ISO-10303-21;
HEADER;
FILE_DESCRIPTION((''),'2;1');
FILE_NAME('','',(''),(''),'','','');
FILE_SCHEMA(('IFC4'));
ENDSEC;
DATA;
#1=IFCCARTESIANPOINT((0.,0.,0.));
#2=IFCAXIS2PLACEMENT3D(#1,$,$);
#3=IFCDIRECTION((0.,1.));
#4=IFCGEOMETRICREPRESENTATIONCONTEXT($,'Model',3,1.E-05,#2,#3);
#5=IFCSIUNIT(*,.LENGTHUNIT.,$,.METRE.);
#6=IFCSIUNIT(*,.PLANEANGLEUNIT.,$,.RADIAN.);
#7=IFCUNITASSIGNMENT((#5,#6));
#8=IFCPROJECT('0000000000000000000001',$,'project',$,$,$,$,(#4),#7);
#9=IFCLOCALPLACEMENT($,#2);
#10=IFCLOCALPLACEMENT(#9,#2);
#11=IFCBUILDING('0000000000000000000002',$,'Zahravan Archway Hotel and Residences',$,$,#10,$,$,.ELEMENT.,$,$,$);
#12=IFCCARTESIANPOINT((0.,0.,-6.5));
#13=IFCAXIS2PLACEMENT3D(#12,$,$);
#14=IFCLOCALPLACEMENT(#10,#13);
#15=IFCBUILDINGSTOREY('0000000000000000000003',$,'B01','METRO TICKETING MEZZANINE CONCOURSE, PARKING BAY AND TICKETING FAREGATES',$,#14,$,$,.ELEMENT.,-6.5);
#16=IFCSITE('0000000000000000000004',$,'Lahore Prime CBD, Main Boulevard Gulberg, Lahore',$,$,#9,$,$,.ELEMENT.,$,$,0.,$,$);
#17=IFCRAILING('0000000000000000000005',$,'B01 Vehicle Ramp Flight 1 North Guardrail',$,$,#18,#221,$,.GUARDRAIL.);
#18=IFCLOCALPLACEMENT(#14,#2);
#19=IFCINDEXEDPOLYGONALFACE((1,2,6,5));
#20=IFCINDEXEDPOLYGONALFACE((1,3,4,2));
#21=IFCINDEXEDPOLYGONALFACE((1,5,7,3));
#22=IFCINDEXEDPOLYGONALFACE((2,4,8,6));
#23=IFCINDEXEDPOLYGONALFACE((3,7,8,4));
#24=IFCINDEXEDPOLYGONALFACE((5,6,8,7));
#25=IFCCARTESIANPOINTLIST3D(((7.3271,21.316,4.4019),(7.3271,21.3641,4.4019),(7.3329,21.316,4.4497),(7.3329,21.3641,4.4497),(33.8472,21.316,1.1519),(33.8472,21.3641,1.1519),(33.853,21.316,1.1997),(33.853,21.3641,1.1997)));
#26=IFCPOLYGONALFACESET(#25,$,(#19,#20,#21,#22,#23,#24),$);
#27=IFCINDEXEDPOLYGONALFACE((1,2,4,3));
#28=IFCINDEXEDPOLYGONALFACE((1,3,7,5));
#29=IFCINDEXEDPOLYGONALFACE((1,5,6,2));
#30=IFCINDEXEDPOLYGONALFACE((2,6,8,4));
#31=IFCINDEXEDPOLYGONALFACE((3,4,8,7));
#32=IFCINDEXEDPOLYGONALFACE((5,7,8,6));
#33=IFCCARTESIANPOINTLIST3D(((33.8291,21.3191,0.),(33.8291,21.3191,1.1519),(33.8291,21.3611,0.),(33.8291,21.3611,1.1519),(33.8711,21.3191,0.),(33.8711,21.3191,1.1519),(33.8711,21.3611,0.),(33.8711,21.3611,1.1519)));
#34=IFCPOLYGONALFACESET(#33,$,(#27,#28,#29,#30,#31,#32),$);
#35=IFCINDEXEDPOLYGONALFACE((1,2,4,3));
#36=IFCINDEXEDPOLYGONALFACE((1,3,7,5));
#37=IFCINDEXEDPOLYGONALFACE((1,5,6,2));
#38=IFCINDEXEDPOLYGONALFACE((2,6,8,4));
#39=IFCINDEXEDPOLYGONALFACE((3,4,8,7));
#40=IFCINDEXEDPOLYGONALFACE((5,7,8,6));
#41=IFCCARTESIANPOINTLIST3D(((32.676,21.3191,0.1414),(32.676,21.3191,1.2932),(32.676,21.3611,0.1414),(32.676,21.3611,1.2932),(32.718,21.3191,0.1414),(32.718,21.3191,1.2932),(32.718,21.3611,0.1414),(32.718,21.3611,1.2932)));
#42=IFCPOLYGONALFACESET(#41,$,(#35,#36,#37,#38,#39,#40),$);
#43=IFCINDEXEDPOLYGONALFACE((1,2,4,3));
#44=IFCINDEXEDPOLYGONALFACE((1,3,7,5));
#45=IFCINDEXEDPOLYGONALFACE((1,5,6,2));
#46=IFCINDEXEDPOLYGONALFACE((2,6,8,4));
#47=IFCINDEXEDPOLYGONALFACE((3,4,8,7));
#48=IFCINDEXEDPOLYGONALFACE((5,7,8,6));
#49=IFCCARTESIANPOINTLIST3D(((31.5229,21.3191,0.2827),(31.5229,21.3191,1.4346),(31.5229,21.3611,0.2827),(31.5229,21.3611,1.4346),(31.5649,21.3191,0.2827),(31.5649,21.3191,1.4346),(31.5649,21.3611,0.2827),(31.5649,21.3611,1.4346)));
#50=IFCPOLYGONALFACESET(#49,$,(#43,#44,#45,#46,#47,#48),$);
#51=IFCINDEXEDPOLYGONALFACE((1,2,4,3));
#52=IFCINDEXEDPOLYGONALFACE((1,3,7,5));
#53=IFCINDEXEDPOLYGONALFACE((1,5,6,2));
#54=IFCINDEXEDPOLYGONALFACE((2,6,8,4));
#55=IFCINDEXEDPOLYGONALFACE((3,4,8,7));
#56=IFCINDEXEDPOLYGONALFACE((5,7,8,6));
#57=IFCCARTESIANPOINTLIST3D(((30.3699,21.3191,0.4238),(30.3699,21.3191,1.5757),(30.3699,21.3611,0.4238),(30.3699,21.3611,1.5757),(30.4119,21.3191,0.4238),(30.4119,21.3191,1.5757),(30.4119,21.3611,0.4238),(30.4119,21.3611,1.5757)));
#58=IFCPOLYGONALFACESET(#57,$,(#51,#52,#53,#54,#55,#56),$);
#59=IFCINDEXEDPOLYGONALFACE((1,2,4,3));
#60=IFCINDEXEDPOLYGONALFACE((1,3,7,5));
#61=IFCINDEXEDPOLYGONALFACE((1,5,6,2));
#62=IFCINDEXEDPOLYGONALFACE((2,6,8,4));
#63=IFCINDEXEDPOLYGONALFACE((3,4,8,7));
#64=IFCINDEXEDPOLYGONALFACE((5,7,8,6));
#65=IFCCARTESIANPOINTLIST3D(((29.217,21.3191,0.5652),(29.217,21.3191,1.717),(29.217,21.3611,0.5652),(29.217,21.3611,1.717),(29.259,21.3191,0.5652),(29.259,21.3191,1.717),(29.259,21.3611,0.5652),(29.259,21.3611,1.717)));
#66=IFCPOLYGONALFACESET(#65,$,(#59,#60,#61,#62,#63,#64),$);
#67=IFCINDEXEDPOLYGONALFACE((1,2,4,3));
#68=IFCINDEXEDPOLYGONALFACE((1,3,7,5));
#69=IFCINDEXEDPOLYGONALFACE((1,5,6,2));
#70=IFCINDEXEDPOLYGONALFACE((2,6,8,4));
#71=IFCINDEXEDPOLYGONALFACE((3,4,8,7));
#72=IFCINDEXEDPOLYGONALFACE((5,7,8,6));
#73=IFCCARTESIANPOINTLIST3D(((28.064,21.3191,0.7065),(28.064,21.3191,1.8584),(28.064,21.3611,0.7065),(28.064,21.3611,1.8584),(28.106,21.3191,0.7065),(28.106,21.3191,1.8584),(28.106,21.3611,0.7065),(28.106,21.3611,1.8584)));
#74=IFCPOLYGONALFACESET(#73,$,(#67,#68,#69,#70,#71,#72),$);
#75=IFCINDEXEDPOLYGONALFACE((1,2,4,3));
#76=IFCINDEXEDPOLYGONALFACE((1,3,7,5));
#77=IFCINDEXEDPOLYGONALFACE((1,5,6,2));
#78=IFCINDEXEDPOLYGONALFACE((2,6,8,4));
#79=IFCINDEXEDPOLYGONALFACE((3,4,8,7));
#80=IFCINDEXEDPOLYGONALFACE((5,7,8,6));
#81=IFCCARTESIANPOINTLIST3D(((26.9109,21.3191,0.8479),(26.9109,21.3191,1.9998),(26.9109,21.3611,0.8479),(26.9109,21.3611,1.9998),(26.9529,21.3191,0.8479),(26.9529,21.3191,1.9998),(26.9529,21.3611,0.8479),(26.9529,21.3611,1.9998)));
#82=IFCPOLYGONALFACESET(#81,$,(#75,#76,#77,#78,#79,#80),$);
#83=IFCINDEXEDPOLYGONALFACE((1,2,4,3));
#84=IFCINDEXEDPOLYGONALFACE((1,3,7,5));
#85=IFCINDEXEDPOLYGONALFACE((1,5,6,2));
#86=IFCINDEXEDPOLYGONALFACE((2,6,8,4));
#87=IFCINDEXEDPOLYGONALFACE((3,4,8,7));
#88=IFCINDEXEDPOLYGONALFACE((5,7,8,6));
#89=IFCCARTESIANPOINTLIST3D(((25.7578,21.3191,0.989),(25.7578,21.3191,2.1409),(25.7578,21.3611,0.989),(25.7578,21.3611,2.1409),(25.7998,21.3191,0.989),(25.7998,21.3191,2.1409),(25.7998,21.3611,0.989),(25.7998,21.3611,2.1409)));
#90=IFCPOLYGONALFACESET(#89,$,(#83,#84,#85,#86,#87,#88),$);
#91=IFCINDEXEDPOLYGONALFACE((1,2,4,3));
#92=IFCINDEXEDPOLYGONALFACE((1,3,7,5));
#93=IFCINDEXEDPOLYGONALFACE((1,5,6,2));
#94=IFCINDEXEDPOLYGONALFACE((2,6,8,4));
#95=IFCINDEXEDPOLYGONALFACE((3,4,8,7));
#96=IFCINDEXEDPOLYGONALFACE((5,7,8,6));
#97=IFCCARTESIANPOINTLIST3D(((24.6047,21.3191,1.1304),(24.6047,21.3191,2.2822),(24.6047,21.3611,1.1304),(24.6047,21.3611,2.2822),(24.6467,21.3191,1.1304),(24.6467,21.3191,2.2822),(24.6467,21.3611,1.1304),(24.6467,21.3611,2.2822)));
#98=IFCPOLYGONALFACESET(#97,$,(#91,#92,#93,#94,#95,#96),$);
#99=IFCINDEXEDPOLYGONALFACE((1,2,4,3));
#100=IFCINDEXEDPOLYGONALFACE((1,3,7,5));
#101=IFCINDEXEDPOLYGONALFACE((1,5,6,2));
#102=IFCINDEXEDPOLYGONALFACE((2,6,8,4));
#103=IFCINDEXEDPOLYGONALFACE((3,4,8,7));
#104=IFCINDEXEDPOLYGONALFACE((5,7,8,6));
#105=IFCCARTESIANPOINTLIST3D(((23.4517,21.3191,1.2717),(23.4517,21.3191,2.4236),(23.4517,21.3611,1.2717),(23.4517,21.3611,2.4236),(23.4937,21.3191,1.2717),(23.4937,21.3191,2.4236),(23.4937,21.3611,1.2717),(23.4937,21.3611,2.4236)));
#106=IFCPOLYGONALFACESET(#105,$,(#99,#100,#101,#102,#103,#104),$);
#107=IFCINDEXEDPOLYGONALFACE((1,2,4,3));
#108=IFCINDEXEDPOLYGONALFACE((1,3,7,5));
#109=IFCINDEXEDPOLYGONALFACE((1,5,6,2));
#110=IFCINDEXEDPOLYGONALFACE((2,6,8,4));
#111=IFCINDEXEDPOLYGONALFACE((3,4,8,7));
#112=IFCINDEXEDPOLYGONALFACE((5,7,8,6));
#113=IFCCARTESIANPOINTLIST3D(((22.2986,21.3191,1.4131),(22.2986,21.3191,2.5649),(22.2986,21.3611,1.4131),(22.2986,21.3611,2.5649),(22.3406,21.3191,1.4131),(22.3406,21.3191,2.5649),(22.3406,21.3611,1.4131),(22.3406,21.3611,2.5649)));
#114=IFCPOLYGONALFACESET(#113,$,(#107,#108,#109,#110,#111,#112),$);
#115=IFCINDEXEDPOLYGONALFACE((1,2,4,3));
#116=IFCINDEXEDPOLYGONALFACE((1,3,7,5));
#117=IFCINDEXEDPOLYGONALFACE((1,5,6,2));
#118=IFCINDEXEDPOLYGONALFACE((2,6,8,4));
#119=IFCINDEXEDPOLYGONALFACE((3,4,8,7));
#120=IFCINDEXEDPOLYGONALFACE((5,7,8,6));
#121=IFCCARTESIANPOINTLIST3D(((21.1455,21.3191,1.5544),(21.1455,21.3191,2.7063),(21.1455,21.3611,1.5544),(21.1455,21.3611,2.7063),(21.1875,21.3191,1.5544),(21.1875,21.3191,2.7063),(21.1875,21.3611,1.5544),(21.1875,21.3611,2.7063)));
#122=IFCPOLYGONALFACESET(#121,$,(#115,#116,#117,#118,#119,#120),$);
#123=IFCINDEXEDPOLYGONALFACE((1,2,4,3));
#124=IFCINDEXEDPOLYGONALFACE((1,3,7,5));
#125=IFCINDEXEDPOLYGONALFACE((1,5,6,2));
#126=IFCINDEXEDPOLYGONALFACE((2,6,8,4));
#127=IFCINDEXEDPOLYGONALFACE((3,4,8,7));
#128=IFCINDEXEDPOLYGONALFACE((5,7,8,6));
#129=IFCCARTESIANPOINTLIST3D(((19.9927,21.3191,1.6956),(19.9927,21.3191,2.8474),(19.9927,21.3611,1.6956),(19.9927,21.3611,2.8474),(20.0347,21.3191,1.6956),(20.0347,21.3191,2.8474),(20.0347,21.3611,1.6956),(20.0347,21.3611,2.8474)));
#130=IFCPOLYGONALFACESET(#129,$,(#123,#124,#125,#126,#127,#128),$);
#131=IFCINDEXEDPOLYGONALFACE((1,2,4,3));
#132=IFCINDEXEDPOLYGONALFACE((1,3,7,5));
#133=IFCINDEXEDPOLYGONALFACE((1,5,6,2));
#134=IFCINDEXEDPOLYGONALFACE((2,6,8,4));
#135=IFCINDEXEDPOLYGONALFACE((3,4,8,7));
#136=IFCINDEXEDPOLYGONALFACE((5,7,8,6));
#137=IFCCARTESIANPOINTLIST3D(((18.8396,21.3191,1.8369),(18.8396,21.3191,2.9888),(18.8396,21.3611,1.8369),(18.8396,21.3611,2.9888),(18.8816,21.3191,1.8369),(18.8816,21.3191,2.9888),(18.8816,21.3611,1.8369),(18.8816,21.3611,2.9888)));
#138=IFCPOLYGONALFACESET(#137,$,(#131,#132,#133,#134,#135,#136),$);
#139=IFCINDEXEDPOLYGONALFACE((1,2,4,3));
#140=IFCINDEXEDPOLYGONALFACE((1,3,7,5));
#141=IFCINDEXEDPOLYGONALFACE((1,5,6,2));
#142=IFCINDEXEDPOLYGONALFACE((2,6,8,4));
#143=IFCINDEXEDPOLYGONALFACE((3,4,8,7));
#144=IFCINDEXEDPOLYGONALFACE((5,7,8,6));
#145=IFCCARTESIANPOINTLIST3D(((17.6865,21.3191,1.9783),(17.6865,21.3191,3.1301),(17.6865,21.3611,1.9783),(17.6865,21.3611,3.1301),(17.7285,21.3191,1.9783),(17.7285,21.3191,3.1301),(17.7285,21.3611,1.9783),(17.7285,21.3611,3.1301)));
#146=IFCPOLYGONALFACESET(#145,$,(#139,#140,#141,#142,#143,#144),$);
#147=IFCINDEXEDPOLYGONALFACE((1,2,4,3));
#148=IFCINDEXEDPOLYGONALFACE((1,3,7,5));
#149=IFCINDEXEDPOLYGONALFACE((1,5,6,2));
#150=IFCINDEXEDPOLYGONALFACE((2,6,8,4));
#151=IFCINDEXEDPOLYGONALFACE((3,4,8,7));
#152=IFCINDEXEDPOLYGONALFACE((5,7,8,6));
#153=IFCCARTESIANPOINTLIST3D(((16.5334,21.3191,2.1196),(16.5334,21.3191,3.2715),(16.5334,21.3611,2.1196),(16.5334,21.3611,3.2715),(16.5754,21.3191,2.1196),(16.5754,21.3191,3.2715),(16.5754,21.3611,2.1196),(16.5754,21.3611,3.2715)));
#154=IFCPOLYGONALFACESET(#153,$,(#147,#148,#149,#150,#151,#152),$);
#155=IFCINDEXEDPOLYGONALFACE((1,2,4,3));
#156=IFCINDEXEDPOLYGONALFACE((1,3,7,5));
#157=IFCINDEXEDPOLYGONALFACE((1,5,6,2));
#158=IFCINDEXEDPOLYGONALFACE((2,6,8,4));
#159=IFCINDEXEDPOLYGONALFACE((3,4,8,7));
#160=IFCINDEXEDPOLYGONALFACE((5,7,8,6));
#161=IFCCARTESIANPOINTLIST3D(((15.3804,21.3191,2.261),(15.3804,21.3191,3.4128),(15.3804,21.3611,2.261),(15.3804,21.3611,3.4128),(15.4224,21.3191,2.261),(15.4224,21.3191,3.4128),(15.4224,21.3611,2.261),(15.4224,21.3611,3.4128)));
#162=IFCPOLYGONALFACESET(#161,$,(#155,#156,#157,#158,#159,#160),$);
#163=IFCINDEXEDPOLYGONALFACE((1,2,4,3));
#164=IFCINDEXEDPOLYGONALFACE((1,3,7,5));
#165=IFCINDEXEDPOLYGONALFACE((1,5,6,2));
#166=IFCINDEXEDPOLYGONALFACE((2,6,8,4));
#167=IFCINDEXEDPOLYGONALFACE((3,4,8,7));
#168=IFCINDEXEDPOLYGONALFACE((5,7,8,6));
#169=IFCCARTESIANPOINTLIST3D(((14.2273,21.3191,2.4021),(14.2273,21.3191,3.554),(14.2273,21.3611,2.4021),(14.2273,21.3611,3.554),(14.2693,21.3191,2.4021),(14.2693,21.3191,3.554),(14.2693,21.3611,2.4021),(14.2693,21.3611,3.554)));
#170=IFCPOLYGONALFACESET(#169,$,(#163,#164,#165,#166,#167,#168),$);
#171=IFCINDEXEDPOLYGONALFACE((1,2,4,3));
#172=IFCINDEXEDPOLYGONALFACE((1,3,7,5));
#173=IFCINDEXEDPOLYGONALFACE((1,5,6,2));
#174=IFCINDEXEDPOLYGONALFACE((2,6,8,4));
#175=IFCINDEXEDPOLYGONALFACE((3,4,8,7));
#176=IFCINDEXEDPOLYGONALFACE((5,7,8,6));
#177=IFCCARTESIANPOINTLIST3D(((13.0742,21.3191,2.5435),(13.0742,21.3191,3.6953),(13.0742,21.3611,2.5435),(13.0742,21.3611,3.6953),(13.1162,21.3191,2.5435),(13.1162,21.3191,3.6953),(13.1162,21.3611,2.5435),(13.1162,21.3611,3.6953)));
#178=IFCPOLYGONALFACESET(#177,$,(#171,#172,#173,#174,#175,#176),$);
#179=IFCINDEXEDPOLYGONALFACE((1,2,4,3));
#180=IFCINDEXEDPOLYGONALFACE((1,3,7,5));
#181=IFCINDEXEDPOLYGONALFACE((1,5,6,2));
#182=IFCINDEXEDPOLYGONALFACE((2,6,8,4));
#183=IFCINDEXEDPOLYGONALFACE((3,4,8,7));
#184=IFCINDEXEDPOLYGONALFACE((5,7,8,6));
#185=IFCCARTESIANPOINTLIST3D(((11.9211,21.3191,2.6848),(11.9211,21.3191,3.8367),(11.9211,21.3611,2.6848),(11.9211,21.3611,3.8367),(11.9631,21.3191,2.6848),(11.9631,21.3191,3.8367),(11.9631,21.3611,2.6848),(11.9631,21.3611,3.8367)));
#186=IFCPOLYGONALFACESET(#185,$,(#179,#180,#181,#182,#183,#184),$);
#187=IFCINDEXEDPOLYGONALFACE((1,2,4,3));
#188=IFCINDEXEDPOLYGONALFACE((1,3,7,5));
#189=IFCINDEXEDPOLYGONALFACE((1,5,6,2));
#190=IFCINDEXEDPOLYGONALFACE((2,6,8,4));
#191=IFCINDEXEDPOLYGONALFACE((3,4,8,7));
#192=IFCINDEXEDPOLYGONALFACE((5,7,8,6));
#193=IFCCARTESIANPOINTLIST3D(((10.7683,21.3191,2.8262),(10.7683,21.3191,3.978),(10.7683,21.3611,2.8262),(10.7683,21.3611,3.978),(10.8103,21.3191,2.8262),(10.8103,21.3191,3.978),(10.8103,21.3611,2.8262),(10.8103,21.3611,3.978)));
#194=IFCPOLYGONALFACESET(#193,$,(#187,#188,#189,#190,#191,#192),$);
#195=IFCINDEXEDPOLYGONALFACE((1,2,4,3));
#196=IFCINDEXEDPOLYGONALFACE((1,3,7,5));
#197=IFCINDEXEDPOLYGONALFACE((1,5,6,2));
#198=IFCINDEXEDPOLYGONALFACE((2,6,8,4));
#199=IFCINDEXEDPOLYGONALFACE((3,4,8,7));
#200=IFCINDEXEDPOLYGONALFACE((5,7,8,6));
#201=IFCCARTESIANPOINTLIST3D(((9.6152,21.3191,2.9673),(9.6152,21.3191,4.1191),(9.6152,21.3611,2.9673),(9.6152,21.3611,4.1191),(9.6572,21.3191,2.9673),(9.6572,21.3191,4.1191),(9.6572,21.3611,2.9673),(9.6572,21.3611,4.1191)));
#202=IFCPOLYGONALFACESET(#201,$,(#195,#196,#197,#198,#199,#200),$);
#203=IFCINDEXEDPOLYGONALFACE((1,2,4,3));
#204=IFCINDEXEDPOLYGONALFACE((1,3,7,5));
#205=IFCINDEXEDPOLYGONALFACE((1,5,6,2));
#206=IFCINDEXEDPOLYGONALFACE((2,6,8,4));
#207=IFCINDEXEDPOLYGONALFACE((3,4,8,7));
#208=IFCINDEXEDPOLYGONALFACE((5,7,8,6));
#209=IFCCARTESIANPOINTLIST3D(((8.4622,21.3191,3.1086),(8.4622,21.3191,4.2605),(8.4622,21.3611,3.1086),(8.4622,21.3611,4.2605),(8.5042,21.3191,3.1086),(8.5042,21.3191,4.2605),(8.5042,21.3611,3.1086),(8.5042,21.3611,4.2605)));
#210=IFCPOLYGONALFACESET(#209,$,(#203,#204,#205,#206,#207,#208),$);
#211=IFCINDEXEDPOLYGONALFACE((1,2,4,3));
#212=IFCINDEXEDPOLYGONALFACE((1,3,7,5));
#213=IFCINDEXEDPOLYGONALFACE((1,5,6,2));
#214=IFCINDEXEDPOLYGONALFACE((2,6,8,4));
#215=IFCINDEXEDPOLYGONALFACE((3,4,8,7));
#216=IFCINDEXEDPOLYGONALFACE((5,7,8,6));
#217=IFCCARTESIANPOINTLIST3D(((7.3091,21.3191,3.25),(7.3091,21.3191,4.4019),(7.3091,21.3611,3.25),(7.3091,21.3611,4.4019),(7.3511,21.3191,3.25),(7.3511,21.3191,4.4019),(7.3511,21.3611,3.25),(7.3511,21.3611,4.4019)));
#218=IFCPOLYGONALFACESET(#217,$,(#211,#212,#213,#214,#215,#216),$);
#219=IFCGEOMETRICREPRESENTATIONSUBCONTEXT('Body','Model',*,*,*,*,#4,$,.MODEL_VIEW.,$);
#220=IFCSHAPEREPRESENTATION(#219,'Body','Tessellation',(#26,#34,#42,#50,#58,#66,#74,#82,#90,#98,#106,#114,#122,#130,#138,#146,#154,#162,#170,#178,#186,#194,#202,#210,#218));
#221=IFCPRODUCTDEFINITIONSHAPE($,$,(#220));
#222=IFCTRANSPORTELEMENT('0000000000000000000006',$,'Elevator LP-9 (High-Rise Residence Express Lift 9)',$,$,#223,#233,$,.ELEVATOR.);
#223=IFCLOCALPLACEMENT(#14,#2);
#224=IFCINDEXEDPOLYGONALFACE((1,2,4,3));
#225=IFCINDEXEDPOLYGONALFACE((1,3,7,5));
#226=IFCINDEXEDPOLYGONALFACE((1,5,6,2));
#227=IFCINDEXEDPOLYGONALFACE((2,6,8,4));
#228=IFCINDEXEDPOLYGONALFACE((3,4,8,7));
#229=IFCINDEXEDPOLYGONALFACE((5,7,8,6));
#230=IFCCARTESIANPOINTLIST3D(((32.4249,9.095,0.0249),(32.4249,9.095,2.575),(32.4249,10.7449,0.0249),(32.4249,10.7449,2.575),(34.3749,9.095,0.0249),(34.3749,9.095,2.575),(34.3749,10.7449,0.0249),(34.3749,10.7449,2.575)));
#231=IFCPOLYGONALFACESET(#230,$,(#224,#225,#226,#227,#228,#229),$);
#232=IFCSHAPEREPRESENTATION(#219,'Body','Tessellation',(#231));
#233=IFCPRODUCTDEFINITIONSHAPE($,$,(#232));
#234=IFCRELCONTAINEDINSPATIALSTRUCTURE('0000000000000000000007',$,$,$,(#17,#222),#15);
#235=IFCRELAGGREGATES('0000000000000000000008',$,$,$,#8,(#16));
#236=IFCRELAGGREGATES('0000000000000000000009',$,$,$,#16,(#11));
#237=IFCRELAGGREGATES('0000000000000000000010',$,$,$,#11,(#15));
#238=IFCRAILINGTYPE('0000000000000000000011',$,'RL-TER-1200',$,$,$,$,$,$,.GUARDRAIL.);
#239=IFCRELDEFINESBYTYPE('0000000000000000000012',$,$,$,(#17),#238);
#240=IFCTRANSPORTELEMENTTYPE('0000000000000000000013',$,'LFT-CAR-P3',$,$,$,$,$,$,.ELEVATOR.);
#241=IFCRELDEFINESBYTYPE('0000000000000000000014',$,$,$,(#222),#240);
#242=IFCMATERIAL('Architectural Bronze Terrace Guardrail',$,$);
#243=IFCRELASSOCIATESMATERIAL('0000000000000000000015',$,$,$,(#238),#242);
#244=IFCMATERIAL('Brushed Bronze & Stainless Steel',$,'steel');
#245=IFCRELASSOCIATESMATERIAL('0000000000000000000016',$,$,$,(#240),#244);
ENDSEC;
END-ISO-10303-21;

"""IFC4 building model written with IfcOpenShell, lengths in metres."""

from ifc_helpers import new_model, si_unit, direction, frame, origin, origin_2d, place, context, subcontext, project, spatial, rectangle, extrude, source, transform, mapped, material, type_object, type_shapes, element, save


model = new_model("IFC4")

# Units and contexts
model_context = context("Model", 3, precision=1e-05, world=origin(), true_north=direction((0.0, 1.0)))
body_context = subcontext(model_context, "Body", "Model", "MODEL_VIEW")
ifc_project = project(units=[si_unit("LENGTHUNIT", "METRE"), si_unit("PLANEANGLEUNIT", "RADIAN")], contexts=[model_context])

# Site, building, storey
site_placement = place(None, origin())
site = spatial("IfcSite", under=ifc_project, at=site_placement, Name="Lahore Prime CBD, Main Boulevard Gulberg, Lahore", CompositionType="ELEMENT", RefElevation=0.0)
building_placement = place(site_placement, origin())
building = spatial("IfcBuilding", under=site, at=building_placement, Name="Zahravan Archway Hotel and Residences", CompositionType="ELEMENT")
storey_placement = place(building_placement, frame((0.0, 0.0, -6.5)))
storey = spatial("IfcBuildingStorey", under=building, at=storey_placement, Name="B01", Description="METRO TICKETING MEZZANINE CONCOURSE, PARKING BAY AND TICKETING FAREGATES", CompositionType="ELEMENT", Elevation=-6.5)

# Railing
ifc_material_1 = material(Name="Architectural Bronze Terrace Guardrail")
railing_type = type_object("IfcRailingType", Name="RL-TER-1200", PredefinedType="GUARDRAIL", material=ifc_material_1)
railing_1_placement = place(storey_placement, frame((33.8501, 21.3401, 0.0)))
element("IfcRailing", 1, at=railing_1_placement, inside=storey, type_object=railing_type, Name="B01 Vehicle Ramp Flight 1 North Guardrail", PredefinedType="GUARDRAIL", context=body_context, shape_type="SweptSolid", body=[
    extrude(rectangle(XDim=0.0481, YDim=0.0481, at=origin_2d()), frame((0.0, 0.0, 1.1758), z_axis=(-0.992574, 0.0, 0.121639), x_axis=(0.0, -1.0, 0.0)), (0.0, 0.0, 1.0), 26.7185),
    extrude(rectangle(XDim=0.042, YDim=0.042, at=origin_2d()), origin(), (0.0, 0.0, 1.0), 1.1519),
    extrude(rectangle(XDim=0.042, YDim=0.042, at=origin_2d()), frame((-1.1531, 0.0, 0.1414)), (0.0, 0.0, 1.0), 1.1519),
    extrude(rectangle(XDim=0.042, YDim=0.042, at=origin_2d()), frame((-2.3062, 0.0, 0.2827)), (0.0, 0.0, 1.0), 1.1519),
    extrude(rectangle(XDim=0.042, YDim=0.042, at=origin_2d()), frame((-3.4592, 0.0, 0.4238)), (0.0, 0.0, 1.0), 1.1519),
    extrude(rectangle(XDim=0.042, YDim=0.042, at=origin_2d()), frame((-4.6121, 0.0, 0.5652)), (0.0, 0.0, 1.0), 1.1519),
    extrude(rectangle(XDim=0.042, YDim=0.042, at=origin_2d()), frame((-5.7651, 0.0, 0.7065)), (0.0, 0.0, 1.0), 1.1519),
    extrude(rectangle(XDim=0.042, YDim=0.042, at=origin_2d()), frame((-6.9182, 0.0, 0.8479)), (0.0, 0.0, 1.0), 1.1519),
    extrude(rectangle(XDim=0.042, YDim=0.042, at=origin_2d()), frame((-8.0713, 0.0, 0.989)), (0.0, 0.0, 1.0), 1.1519),
    extrude(rectangle(XDim=0.042, YDim=0.042, at=origin_2d()), frame((-9.2244, 0.0, 1.1304)), (0.0, 0.0, 1.0), 1.1519),
    extrude(rectangle(XDim=0.042, YDim=0.042, at=origin_2d()), frame((-10.3774, 0.0, 1.2717)), (0.0, 0.0, 1.0), 1.1519),
    extrude(rectangle(XDim=0.042, YDim=0.042, at=origin_2d()), frame((-11.5305, 0.0, 1.4131)), (0.0, 0.0, 1.0), 1.1519),
    extrude(rectangle(XDim=0.042, YDim=0.042, at=origin_2d()), frame((-12.6836, 0.0, 1.5544)), (0.0, 0.0, 1.0), 1.1519),
    extrude(rectangle(XDim=0.042, YDim=0.042, at=origin_2d()), frame((-13.8364, 0.0, 1.6956)), (0.0, 0.0, 1.0), 1.1519),
    extrude(rectangle(XDim=0.042, YDim=0.042, at=origin_2d()), frame((-14.9895, 0.0, 1.8369)), (0.0, 0.0, 1.0), 1.1519),
    extrude(rectangle(XDim=0.042, YDim=0.042, at=origin_2d()), frame((-16.1426, 0.0, 1.9783)), (0.0, 0.0, 1.0), 1.1519),
    extrude(rectangle(XDim=0.042, YDim=0.042, at=origin_2d()), frame((-17.2957, 0.0, 2.1196)), (0.0, 0.0, 1.0), 1.1519),
    extrude(rectangle(XDim=0.042, YDim=0.042, at=origin_2d()), frame((-18.4487, 0.0, 2.261)), (0.0, 0.0, 1.0), 1.1519),
    extrude(rectangle(XDim=0.042, YDim=0.042, at=origin_2d()), frame((-19.6018, 0.0, 2.4021)), (0.0, 0.0, 1.0), 1.1519),
    extrude(rectangle(XDim=0.042, YDim=0.042, at=origin_2d()), frame((-20.7549, 0.0, 2.5435)), (0.0, 0.0, 1.0), 1.1519),
    extrude(rectangle(XDim=0.042, YDim=0.042, at=origin_2d()), frame((-21.908, 0.0, 2.6848)), (0.0, 0.0, 1.0), 1.1519),
    extrude(rectangle(XDim=0.042, YDim=0.042, at=origin_2d()), frame((-23.0608, 0.0, 2.8262)), (0.0, 0.0, 1.0), 1.1519),
    extrude(rectangle(XDim=0.042, YDim=0.042, at=origin_2d()), frame((-24.2139, 0.0, 2.9673)), (0.0, 0.0, 1.0), 1.1519),
    extrude(rectangle(XDim=0.042, YDim=0.042, at=origin_2d()), frame((-25.3669, 0.0, 3.1086)), (0.0, 0.0, 1.0), 1.1519),
    extrude(rectangle(XDim=0.042, YDim=0.042, at=origin_2d()), frame((-26.52, 0.0, 3.25)), (0.0, 0.0, 1.0), 1.1519),
])

# Transport element
ifc_material_2 = material(Name="Brushed Bronze & Stainless Steel", Category="steel")
transport_element_type = type_object("IfcTransportElementType", Name="LFT-CAR-P3", PredefinedType="ELEVATOR", material=ifc_material_2)
shared_shape_1 = source(origin(), body_context, "Body", "SweptSolid", [
    extrude(rectangle(XDim=1.95, YDim=1.6499, at=origin_2d()), origin(), (0.0, 0.0, 1.0), 2.55),
])
type_shapes(transport_element_type, [shared_shape_1])
for number, where, z_axis, x_axis, name in (
    (2, (33.3999, 9.9199, 0.0249), (0.0, 0.0, 1.0), (1.0, 0.0, 0.0), "Elevator LP-9 (High-Rise Residence Express Lift 9)"),
):
    element("IfcTransportElement", number, at=place(storey_placement, frame(where, z_axis=z_axis, x_axis=x_axis)), inside=storey, type_object=transport_element_type, Name=name, PredefinedType="ELEVATOR", context=body_context, shape_type="MappedRepresentation", body=[
        mapped(shared_shape_1, transform((0.0, 0.0, 0.0), scale=1.0)),
    ])

save(model, "model.ifc")
